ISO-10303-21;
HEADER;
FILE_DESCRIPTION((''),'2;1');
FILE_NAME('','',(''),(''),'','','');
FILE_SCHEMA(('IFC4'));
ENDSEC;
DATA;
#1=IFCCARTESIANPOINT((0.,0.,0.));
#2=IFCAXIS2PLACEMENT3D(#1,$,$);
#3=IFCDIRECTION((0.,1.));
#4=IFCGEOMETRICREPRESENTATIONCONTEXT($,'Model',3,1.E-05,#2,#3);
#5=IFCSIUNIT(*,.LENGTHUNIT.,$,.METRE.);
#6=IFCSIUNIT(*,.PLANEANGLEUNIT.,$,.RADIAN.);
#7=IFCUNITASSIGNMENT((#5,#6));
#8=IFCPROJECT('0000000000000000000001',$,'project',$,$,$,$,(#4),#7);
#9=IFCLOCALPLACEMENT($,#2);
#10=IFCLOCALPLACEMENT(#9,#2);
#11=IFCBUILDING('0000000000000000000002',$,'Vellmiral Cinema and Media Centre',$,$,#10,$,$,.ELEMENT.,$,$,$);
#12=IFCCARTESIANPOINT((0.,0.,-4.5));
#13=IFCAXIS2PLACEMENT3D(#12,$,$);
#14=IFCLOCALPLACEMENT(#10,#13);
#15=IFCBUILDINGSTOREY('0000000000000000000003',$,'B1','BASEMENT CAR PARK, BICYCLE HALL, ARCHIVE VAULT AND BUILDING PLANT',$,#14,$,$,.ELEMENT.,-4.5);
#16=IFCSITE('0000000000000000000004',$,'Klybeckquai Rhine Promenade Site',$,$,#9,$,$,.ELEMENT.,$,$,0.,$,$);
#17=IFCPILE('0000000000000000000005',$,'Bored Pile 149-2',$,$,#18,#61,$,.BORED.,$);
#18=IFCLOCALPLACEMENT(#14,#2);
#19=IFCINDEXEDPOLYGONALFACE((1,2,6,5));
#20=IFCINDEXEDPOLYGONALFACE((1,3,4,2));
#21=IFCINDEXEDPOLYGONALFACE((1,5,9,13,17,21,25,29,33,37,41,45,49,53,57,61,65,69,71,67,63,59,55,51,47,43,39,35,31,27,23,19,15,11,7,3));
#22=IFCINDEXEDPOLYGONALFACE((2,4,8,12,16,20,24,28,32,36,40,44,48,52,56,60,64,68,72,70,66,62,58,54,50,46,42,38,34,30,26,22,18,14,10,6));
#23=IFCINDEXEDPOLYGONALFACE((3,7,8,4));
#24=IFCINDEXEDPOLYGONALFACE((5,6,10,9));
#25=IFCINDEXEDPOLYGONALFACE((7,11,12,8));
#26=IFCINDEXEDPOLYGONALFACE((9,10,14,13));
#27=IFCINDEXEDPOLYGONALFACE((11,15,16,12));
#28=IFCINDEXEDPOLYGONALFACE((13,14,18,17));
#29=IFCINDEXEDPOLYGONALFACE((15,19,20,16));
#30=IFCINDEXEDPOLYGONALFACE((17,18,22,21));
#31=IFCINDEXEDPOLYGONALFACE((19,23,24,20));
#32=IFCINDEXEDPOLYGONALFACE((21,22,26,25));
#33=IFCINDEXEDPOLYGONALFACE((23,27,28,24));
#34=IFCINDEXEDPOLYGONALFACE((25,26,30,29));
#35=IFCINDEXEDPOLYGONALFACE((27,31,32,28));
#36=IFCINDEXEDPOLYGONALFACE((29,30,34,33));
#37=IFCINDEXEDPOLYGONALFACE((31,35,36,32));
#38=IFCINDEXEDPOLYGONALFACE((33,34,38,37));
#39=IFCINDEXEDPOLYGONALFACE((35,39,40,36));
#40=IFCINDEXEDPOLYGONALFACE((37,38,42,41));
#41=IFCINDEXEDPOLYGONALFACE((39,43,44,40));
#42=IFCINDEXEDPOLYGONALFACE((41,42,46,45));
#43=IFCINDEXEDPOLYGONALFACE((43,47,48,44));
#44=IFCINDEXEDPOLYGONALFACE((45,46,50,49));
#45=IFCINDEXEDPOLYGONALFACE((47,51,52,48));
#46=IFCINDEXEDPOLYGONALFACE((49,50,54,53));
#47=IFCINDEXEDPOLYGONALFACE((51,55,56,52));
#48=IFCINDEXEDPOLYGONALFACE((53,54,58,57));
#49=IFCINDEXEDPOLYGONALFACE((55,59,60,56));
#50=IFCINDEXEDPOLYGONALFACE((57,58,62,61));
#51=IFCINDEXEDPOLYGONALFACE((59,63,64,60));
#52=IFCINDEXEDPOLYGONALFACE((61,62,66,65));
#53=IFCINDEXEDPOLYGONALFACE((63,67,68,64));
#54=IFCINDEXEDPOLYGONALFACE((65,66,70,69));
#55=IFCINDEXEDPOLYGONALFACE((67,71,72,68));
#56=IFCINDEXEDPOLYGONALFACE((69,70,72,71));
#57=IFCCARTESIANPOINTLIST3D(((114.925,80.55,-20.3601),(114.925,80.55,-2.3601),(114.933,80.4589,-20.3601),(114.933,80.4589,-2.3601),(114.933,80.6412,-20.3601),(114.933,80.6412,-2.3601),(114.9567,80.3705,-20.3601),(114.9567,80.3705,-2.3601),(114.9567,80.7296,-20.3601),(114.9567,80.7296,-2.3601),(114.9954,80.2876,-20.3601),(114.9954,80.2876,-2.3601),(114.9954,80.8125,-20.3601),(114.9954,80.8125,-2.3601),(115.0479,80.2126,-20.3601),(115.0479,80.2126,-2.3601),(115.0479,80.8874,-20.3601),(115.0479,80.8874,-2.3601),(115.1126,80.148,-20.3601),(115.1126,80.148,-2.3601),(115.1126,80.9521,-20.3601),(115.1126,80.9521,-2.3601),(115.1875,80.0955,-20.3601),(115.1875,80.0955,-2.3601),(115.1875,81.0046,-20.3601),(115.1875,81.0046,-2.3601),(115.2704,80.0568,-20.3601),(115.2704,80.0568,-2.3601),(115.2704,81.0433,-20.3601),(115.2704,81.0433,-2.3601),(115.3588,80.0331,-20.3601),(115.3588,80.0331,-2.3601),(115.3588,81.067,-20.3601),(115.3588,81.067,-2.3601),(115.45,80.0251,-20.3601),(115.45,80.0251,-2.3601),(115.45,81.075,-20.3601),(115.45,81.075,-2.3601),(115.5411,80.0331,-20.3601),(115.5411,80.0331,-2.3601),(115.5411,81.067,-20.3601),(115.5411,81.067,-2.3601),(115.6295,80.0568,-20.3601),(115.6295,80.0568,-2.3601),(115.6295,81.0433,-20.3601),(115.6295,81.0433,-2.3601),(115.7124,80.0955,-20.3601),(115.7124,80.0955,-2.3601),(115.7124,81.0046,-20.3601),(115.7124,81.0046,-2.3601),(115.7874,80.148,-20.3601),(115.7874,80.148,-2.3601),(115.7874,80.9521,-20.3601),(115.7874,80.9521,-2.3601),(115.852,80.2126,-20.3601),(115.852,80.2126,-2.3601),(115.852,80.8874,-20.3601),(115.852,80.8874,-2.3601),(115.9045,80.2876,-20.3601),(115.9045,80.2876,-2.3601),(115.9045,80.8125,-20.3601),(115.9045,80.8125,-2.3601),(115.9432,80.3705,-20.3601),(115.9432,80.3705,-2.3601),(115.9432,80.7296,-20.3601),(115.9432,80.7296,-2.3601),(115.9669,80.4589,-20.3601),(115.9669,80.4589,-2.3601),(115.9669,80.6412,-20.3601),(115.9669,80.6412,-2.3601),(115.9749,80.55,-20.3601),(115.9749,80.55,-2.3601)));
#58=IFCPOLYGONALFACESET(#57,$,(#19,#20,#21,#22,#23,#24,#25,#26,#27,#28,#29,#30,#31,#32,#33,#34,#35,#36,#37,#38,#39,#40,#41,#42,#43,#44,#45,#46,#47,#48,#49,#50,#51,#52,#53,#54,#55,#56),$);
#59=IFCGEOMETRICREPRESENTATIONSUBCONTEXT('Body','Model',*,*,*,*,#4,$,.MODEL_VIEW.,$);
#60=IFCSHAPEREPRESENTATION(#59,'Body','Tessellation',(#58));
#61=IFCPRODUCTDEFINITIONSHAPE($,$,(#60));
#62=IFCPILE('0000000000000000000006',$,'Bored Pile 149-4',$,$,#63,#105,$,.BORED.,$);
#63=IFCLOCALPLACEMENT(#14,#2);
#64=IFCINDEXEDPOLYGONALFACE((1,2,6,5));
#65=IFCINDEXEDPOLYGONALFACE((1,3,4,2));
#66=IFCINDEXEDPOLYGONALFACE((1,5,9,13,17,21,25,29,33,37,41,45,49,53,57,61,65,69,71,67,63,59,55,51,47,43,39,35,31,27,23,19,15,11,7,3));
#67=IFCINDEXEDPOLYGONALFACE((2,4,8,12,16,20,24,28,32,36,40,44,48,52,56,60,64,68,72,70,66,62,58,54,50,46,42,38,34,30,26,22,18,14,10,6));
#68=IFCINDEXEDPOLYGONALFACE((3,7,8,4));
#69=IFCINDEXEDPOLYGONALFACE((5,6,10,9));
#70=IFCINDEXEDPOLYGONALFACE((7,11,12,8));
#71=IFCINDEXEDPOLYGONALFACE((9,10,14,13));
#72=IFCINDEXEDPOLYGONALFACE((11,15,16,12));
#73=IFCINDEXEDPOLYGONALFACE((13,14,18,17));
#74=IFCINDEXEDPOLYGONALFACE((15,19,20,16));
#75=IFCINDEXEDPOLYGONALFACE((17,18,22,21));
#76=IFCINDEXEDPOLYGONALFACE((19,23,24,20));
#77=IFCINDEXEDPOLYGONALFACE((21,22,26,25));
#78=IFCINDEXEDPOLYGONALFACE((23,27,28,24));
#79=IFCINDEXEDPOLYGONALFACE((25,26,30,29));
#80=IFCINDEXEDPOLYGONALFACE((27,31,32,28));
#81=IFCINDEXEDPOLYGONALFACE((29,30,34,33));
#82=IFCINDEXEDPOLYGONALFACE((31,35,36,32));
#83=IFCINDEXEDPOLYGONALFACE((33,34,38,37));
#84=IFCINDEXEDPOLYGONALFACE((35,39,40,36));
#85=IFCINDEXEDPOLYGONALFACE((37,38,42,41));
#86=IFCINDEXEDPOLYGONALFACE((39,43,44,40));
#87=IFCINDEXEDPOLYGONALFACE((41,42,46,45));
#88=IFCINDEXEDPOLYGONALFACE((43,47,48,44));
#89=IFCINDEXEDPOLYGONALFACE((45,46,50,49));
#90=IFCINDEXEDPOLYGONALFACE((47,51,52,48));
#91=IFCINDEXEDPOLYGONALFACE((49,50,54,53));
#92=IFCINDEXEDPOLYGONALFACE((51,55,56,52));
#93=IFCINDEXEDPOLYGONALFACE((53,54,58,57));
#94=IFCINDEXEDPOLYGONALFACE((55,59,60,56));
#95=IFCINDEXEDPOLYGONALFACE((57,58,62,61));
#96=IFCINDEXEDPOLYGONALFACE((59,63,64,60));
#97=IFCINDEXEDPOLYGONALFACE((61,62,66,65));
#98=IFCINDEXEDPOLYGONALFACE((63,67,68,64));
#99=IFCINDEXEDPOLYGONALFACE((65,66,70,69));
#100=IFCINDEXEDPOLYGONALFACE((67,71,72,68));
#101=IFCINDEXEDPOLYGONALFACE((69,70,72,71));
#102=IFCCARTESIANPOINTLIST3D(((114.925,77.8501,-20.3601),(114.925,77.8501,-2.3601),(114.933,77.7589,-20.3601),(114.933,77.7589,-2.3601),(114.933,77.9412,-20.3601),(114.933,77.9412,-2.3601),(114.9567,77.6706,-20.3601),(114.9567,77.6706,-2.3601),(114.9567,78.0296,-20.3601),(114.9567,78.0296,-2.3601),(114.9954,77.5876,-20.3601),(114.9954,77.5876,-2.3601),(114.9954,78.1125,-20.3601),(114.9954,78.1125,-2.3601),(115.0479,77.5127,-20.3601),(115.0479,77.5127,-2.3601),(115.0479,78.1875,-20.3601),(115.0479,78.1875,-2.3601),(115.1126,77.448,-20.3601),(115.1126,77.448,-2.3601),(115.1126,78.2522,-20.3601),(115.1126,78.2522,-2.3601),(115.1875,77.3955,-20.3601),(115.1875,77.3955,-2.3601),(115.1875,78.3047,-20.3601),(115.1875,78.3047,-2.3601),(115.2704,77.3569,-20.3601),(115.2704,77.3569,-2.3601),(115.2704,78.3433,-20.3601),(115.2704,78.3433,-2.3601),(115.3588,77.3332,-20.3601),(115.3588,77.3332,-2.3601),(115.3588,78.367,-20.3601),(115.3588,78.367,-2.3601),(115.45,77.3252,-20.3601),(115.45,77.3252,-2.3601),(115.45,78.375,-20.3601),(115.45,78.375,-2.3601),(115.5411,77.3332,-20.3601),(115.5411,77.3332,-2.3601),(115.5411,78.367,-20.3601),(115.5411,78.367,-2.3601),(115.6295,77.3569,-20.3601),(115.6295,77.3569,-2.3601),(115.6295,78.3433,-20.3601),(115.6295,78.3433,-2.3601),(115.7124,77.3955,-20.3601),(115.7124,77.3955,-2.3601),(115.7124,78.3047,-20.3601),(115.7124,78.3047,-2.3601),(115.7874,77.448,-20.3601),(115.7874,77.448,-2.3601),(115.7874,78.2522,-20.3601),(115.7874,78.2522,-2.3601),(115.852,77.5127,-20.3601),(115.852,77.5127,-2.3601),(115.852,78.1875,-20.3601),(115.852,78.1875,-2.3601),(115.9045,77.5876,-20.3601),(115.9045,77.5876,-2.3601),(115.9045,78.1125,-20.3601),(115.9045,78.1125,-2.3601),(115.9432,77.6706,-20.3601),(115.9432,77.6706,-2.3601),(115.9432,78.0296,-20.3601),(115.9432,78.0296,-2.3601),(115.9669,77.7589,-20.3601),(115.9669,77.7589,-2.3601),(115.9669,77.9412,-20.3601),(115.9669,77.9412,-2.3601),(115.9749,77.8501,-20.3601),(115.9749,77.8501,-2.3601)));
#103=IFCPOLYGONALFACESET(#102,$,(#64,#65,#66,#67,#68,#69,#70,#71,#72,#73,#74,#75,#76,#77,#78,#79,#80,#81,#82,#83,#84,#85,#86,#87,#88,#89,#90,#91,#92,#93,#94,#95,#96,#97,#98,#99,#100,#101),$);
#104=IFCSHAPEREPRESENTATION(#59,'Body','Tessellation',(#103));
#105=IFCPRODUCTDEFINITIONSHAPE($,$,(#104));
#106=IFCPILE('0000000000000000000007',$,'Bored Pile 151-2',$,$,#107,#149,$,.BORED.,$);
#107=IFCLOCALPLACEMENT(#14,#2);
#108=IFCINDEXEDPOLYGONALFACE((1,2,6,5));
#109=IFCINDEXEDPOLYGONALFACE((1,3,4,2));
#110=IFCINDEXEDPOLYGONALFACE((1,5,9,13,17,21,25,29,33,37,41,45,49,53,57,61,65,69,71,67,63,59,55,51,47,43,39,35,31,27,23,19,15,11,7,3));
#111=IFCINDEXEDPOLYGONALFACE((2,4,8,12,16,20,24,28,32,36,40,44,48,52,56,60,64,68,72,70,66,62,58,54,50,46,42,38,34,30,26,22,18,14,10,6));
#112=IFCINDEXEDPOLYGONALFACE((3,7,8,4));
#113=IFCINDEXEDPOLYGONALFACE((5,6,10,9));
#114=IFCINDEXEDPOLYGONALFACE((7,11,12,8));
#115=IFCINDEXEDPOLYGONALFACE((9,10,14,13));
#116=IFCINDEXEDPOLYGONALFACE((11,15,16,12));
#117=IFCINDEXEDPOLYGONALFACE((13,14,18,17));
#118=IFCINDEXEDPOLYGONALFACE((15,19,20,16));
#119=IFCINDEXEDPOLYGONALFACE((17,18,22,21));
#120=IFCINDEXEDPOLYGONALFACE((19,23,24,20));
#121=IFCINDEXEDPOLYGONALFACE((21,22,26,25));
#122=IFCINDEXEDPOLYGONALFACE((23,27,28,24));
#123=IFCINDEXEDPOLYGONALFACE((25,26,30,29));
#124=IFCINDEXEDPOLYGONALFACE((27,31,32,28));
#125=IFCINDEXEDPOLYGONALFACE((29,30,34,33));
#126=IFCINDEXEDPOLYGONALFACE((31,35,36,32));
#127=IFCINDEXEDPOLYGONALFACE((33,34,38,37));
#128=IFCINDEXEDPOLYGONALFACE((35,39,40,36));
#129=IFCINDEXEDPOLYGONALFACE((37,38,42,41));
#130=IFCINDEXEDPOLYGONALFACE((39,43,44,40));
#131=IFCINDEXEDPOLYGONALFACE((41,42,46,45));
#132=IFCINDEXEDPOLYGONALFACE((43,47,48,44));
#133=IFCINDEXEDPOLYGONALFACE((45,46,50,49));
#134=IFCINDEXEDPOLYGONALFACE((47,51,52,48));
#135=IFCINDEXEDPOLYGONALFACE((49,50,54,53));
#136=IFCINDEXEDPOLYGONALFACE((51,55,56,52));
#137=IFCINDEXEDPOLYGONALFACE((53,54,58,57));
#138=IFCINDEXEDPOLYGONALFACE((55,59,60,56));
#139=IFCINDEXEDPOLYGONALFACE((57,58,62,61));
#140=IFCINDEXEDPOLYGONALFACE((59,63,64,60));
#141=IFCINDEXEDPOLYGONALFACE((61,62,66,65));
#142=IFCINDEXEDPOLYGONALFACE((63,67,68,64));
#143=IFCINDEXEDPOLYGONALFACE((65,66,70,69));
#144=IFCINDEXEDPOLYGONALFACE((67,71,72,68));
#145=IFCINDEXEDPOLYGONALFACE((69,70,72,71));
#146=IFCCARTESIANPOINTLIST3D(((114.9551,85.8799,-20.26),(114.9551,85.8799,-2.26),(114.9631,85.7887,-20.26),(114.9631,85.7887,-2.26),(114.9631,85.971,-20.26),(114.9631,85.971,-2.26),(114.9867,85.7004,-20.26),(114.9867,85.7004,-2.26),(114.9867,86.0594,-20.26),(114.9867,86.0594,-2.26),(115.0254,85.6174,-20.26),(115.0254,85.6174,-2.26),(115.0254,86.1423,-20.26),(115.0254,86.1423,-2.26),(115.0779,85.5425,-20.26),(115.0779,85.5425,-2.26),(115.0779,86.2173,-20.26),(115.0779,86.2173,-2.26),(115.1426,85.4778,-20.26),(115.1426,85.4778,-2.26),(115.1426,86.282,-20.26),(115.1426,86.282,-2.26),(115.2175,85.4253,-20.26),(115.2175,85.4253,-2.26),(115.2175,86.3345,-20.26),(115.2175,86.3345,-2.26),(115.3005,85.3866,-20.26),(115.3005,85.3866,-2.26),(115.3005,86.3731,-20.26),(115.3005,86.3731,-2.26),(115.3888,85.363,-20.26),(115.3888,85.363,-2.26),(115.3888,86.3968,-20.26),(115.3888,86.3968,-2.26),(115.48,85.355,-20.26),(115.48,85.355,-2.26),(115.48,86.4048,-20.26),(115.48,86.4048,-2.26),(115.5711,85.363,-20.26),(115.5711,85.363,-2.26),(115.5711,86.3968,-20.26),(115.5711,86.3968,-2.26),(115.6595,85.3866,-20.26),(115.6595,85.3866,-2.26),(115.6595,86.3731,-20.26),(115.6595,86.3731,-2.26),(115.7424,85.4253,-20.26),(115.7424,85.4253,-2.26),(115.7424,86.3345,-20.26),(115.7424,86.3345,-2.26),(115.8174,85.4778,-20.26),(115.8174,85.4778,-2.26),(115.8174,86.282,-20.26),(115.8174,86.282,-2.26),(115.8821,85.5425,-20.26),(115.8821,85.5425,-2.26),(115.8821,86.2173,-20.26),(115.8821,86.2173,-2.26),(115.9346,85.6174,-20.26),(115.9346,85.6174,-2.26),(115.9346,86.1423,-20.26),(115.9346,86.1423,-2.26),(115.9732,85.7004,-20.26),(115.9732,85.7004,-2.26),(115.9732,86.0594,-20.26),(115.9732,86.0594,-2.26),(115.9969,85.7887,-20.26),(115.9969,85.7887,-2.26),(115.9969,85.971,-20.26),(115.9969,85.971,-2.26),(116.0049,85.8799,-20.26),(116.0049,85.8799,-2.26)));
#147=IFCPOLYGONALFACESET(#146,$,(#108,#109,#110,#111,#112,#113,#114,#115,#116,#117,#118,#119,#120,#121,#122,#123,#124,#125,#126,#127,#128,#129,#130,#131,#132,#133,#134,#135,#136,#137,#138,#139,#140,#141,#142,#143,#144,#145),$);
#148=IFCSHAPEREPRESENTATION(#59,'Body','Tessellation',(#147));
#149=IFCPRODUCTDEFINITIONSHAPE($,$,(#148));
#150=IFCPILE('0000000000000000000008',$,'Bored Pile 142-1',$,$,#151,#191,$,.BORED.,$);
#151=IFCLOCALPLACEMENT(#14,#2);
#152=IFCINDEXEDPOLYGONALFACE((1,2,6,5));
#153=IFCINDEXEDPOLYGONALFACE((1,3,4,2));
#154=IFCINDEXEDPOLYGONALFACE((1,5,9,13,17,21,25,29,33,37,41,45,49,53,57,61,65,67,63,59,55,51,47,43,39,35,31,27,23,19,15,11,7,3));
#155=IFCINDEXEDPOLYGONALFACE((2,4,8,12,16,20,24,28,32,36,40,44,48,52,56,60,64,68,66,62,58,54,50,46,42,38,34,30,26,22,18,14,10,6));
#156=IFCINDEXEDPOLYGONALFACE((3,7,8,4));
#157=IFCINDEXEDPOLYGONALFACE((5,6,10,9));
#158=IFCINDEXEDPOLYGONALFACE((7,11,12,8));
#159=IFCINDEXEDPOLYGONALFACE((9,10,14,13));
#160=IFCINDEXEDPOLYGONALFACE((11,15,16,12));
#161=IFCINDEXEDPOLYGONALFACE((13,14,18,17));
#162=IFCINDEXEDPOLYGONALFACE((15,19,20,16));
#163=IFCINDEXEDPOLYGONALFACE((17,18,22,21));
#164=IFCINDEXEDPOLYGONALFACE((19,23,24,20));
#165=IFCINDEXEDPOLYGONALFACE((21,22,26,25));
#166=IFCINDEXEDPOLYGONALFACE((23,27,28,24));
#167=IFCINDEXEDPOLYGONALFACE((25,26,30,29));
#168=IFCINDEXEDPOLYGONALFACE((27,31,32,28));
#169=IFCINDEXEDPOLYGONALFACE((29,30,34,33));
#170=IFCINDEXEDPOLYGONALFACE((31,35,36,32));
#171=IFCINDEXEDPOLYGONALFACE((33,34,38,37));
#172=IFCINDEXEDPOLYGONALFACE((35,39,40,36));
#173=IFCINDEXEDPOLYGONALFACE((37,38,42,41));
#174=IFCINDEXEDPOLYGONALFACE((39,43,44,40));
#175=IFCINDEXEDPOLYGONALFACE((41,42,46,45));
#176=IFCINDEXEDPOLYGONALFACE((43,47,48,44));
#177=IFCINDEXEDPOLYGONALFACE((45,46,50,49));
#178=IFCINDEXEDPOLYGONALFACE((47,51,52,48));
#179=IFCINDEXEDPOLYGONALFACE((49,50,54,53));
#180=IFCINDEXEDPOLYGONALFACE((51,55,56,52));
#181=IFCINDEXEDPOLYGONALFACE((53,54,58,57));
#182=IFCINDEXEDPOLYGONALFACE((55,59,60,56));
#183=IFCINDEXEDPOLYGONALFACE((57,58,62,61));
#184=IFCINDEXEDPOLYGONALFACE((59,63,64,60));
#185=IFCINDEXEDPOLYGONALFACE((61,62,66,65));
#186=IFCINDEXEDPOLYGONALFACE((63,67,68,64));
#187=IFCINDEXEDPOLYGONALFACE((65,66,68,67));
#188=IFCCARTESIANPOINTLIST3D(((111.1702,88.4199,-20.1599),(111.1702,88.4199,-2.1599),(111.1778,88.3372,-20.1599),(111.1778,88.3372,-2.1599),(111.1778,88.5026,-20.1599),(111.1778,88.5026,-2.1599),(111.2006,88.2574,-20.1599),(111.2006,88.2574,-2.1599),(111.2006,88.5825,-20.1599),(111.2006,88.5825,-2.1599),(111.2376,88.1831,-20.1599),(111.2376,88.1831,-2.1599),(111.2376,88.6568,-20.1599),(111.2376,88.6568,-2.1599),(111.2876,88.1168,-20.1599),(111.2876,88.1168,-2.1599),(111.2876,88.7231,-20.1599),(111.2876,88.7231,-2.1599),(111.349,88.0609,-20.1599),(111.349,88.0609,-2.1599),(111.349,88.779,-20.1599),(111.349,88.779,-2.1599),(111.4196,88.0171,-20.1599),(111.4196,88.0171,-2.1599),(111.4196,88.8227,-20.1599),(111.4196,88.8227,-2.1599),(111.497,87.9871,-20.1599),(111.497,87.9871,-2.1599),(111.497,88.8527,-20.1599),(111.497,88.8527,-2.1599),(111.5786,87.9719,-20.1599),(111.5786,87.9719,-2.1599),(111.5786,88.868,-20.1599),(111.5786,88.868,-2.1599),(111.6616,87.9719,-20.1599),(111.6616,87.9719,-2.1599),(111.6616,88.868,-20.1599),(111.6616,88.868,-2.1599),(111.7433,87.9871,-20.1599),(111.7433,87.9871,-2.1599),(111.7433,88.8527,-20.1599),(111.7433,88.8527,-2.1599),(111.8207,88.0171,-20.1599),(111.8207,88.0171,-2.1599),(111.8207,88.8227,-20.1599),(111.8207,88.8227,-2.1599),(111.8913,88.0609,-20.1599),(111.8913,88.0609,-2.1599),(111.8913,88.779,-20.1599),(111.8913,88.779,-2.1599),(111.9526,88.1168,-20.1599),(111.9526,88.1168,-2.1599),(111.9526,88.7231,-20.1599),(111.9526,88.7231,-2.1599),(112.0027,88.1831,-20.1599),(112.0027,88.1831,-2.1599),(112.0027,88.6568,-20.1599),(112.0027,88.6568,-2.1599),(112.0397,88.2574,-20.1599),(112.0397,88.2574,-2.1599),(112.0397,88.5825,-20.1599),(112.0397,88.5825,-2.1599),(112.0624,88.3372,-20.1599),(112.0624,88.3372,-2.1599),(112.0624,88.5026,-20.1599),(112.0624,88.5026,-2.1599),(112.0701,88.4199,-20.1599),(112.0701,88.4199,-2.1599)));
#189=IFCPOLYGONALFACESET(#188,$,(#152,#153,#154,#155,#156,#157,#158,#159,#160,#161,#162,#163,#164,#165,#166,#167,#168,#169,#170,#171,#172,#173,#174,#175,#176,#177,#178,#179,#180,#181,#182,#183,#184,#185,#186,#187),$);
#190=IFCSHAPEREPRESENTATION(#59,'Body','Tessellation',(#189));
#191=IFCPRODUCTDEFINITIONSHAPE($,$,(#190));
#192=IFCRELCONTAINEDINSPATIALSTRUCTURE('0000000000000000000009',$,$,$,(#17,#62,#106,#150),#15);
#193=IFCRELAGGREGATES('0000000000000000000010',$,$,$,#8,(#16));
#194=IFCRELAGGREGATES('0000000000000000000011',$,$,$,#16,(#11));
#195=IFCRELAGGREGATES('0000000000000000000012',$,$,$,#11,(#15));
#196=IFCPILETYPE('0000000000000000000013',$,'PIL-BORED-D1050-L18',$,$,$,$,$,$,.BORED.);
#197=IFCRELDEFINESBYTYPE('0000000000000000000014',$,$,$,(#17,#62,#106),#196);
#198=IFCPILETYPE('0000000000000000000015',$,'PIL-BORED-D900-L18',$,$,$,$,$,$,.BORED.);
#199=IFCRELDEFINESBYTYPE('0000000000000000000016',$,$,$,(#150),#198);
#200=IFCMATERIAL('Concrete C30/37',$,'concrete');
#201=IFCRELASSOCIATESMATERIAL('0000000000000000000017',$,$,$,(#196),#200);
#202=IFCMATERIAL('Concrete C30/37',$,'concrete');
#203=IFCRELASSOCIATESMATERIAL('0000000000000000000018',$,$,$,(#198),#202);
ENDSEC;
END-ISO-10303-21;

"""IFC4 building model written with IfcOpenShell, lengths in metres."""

from ifc_helpers import new_model, si_unit, direction, frame, origin, origin_2d, place, context, subcontext, project, spatial, circle, extrude, material, material_profile, profile_set, type_object, element, save


model = new_model("IFC4")

# Units and contexts
model_context = context("Model", 3, precision=1e-05, world=origin(), true_north=direction((0.0, 1.0)))
body_context = subcontext(model_context, "Body", "Model", "MODEL_VIEW")
ifc_project = project(units=[si_unit("LENGTHUNIT", "METRE"), si_unit("PLANEANGLEUNIT", "RADIAN")], contexts=[model_context])

# Site, building, storey
site_placement = place(None, origin())
site = spatial("IfcSite", under=ifc_project, at=site_placement, Name="Klybeckquai Rhine Promenade Site", CompositionType="ELEMENT", RefElevation=0.0)
building_placement = place(site_placement, origin())
building = spatial("IfcBuilding", under=site, at=building_placement, Name="Vellmiral Cinema and Media Centre", CompositionType="ELEMENT")
storey_placement = place(building_placement, frame((0.0, 0.0, -4.5)))
storey = spatial("IfcBuildingStorey", under=building, at=storey_placement, Name="B1", Description="BASEMENT CAR PARK, BICYCLE HALL, ARCHIVE VAULT AND BUILDING PLANT", CompositionType="ELEMENT", Elevation=-4.5)

# Piles
ifc_material_1 = material(Name="Concrete C30/37", Category="concrete")
ifc_material_profile_1 = material_profile(ifc_material_1, circle(Radius=0.5249, at=origin_2d()), Name="PILE D1050")
ifc_profile_set_1 = profile_set([ifc_material_profile_1], Name="Concrete C30/37")
pile_type_1 = type_object("IfcPileType", Name="PIL-BORED-D1050-L18", PredefinedType="BORED", material=ifc_profile_set_1)
for number, where, z_axis, x_axis, name in (
    (1, (115.45, 80.55, -2.3601), (0.0, 0.0, -1.0), (1.0, 0.0, 0.0), "Bored Pile 149-2"),
    (2, (115.45, 77.8501, -2.3601), (0.0, 0.0, -1.0), (1.0, 0.0, 0.0), "Bored Pile 149-4"),
    (3, (115.48, 85.8799, -2.26), (0.0, 0.0, -1.0), (1.0, 0.0, 0.0), "Bored Pile 151-2"),
):
    element("IfcPile", number, at=place(storey_placement, frame(where, z_axis=z_axis, x_axis=x_axis)), inside=storey, type_object=pile_type_1, Name=name, PredefinedType="BORED", context=body_context, shape_type="SweptSolid", body=[
        extrude(circle(Radius=0.5249, at=origin_2d()), origin(), (0.0, 0.0, 1.0), 18.0),
    ])
ifc_material_2 = material(Name="Concrete C30/37", Category="concrete")
ifc_material_profile_2 = material_profile(ifc_material_2, circle(Radius=0.45, at=origin_2d()), Name="PILE D900")
ifc_profile_set_2 = profile_set([ifc_material_profile_2], Name="Concrete C30/37")
pile_type_2 = type_object("IfcPileType", Name="PIL-BORED-D900-L18", PredefinedType="BORED", material=ifc_profile_set_2)
for number, where, z_axis, x_axis, name in (
    (4, (111.6201, 88.4199, -2.1599), (0.0, 0.0, -1.0), (1.0, 0.0, 0.0), "Bored Pile 142-1"),
):
    element("IfcPile", number, at=place(storey_placement, frame(where, z_axis=z_axis, x_axis=x_axis)), inside=storey, type_object=pile_type_2, Name=name, PredefinedType="BORED", context=body_context, shape_type="SweptSolid", body=[
        extrude(circle(Radius=0.45, at=origin_2d()), origin(), (0.0, 0.0, 1.0), 18.0),
    ])

save(model, "model.ifc")
